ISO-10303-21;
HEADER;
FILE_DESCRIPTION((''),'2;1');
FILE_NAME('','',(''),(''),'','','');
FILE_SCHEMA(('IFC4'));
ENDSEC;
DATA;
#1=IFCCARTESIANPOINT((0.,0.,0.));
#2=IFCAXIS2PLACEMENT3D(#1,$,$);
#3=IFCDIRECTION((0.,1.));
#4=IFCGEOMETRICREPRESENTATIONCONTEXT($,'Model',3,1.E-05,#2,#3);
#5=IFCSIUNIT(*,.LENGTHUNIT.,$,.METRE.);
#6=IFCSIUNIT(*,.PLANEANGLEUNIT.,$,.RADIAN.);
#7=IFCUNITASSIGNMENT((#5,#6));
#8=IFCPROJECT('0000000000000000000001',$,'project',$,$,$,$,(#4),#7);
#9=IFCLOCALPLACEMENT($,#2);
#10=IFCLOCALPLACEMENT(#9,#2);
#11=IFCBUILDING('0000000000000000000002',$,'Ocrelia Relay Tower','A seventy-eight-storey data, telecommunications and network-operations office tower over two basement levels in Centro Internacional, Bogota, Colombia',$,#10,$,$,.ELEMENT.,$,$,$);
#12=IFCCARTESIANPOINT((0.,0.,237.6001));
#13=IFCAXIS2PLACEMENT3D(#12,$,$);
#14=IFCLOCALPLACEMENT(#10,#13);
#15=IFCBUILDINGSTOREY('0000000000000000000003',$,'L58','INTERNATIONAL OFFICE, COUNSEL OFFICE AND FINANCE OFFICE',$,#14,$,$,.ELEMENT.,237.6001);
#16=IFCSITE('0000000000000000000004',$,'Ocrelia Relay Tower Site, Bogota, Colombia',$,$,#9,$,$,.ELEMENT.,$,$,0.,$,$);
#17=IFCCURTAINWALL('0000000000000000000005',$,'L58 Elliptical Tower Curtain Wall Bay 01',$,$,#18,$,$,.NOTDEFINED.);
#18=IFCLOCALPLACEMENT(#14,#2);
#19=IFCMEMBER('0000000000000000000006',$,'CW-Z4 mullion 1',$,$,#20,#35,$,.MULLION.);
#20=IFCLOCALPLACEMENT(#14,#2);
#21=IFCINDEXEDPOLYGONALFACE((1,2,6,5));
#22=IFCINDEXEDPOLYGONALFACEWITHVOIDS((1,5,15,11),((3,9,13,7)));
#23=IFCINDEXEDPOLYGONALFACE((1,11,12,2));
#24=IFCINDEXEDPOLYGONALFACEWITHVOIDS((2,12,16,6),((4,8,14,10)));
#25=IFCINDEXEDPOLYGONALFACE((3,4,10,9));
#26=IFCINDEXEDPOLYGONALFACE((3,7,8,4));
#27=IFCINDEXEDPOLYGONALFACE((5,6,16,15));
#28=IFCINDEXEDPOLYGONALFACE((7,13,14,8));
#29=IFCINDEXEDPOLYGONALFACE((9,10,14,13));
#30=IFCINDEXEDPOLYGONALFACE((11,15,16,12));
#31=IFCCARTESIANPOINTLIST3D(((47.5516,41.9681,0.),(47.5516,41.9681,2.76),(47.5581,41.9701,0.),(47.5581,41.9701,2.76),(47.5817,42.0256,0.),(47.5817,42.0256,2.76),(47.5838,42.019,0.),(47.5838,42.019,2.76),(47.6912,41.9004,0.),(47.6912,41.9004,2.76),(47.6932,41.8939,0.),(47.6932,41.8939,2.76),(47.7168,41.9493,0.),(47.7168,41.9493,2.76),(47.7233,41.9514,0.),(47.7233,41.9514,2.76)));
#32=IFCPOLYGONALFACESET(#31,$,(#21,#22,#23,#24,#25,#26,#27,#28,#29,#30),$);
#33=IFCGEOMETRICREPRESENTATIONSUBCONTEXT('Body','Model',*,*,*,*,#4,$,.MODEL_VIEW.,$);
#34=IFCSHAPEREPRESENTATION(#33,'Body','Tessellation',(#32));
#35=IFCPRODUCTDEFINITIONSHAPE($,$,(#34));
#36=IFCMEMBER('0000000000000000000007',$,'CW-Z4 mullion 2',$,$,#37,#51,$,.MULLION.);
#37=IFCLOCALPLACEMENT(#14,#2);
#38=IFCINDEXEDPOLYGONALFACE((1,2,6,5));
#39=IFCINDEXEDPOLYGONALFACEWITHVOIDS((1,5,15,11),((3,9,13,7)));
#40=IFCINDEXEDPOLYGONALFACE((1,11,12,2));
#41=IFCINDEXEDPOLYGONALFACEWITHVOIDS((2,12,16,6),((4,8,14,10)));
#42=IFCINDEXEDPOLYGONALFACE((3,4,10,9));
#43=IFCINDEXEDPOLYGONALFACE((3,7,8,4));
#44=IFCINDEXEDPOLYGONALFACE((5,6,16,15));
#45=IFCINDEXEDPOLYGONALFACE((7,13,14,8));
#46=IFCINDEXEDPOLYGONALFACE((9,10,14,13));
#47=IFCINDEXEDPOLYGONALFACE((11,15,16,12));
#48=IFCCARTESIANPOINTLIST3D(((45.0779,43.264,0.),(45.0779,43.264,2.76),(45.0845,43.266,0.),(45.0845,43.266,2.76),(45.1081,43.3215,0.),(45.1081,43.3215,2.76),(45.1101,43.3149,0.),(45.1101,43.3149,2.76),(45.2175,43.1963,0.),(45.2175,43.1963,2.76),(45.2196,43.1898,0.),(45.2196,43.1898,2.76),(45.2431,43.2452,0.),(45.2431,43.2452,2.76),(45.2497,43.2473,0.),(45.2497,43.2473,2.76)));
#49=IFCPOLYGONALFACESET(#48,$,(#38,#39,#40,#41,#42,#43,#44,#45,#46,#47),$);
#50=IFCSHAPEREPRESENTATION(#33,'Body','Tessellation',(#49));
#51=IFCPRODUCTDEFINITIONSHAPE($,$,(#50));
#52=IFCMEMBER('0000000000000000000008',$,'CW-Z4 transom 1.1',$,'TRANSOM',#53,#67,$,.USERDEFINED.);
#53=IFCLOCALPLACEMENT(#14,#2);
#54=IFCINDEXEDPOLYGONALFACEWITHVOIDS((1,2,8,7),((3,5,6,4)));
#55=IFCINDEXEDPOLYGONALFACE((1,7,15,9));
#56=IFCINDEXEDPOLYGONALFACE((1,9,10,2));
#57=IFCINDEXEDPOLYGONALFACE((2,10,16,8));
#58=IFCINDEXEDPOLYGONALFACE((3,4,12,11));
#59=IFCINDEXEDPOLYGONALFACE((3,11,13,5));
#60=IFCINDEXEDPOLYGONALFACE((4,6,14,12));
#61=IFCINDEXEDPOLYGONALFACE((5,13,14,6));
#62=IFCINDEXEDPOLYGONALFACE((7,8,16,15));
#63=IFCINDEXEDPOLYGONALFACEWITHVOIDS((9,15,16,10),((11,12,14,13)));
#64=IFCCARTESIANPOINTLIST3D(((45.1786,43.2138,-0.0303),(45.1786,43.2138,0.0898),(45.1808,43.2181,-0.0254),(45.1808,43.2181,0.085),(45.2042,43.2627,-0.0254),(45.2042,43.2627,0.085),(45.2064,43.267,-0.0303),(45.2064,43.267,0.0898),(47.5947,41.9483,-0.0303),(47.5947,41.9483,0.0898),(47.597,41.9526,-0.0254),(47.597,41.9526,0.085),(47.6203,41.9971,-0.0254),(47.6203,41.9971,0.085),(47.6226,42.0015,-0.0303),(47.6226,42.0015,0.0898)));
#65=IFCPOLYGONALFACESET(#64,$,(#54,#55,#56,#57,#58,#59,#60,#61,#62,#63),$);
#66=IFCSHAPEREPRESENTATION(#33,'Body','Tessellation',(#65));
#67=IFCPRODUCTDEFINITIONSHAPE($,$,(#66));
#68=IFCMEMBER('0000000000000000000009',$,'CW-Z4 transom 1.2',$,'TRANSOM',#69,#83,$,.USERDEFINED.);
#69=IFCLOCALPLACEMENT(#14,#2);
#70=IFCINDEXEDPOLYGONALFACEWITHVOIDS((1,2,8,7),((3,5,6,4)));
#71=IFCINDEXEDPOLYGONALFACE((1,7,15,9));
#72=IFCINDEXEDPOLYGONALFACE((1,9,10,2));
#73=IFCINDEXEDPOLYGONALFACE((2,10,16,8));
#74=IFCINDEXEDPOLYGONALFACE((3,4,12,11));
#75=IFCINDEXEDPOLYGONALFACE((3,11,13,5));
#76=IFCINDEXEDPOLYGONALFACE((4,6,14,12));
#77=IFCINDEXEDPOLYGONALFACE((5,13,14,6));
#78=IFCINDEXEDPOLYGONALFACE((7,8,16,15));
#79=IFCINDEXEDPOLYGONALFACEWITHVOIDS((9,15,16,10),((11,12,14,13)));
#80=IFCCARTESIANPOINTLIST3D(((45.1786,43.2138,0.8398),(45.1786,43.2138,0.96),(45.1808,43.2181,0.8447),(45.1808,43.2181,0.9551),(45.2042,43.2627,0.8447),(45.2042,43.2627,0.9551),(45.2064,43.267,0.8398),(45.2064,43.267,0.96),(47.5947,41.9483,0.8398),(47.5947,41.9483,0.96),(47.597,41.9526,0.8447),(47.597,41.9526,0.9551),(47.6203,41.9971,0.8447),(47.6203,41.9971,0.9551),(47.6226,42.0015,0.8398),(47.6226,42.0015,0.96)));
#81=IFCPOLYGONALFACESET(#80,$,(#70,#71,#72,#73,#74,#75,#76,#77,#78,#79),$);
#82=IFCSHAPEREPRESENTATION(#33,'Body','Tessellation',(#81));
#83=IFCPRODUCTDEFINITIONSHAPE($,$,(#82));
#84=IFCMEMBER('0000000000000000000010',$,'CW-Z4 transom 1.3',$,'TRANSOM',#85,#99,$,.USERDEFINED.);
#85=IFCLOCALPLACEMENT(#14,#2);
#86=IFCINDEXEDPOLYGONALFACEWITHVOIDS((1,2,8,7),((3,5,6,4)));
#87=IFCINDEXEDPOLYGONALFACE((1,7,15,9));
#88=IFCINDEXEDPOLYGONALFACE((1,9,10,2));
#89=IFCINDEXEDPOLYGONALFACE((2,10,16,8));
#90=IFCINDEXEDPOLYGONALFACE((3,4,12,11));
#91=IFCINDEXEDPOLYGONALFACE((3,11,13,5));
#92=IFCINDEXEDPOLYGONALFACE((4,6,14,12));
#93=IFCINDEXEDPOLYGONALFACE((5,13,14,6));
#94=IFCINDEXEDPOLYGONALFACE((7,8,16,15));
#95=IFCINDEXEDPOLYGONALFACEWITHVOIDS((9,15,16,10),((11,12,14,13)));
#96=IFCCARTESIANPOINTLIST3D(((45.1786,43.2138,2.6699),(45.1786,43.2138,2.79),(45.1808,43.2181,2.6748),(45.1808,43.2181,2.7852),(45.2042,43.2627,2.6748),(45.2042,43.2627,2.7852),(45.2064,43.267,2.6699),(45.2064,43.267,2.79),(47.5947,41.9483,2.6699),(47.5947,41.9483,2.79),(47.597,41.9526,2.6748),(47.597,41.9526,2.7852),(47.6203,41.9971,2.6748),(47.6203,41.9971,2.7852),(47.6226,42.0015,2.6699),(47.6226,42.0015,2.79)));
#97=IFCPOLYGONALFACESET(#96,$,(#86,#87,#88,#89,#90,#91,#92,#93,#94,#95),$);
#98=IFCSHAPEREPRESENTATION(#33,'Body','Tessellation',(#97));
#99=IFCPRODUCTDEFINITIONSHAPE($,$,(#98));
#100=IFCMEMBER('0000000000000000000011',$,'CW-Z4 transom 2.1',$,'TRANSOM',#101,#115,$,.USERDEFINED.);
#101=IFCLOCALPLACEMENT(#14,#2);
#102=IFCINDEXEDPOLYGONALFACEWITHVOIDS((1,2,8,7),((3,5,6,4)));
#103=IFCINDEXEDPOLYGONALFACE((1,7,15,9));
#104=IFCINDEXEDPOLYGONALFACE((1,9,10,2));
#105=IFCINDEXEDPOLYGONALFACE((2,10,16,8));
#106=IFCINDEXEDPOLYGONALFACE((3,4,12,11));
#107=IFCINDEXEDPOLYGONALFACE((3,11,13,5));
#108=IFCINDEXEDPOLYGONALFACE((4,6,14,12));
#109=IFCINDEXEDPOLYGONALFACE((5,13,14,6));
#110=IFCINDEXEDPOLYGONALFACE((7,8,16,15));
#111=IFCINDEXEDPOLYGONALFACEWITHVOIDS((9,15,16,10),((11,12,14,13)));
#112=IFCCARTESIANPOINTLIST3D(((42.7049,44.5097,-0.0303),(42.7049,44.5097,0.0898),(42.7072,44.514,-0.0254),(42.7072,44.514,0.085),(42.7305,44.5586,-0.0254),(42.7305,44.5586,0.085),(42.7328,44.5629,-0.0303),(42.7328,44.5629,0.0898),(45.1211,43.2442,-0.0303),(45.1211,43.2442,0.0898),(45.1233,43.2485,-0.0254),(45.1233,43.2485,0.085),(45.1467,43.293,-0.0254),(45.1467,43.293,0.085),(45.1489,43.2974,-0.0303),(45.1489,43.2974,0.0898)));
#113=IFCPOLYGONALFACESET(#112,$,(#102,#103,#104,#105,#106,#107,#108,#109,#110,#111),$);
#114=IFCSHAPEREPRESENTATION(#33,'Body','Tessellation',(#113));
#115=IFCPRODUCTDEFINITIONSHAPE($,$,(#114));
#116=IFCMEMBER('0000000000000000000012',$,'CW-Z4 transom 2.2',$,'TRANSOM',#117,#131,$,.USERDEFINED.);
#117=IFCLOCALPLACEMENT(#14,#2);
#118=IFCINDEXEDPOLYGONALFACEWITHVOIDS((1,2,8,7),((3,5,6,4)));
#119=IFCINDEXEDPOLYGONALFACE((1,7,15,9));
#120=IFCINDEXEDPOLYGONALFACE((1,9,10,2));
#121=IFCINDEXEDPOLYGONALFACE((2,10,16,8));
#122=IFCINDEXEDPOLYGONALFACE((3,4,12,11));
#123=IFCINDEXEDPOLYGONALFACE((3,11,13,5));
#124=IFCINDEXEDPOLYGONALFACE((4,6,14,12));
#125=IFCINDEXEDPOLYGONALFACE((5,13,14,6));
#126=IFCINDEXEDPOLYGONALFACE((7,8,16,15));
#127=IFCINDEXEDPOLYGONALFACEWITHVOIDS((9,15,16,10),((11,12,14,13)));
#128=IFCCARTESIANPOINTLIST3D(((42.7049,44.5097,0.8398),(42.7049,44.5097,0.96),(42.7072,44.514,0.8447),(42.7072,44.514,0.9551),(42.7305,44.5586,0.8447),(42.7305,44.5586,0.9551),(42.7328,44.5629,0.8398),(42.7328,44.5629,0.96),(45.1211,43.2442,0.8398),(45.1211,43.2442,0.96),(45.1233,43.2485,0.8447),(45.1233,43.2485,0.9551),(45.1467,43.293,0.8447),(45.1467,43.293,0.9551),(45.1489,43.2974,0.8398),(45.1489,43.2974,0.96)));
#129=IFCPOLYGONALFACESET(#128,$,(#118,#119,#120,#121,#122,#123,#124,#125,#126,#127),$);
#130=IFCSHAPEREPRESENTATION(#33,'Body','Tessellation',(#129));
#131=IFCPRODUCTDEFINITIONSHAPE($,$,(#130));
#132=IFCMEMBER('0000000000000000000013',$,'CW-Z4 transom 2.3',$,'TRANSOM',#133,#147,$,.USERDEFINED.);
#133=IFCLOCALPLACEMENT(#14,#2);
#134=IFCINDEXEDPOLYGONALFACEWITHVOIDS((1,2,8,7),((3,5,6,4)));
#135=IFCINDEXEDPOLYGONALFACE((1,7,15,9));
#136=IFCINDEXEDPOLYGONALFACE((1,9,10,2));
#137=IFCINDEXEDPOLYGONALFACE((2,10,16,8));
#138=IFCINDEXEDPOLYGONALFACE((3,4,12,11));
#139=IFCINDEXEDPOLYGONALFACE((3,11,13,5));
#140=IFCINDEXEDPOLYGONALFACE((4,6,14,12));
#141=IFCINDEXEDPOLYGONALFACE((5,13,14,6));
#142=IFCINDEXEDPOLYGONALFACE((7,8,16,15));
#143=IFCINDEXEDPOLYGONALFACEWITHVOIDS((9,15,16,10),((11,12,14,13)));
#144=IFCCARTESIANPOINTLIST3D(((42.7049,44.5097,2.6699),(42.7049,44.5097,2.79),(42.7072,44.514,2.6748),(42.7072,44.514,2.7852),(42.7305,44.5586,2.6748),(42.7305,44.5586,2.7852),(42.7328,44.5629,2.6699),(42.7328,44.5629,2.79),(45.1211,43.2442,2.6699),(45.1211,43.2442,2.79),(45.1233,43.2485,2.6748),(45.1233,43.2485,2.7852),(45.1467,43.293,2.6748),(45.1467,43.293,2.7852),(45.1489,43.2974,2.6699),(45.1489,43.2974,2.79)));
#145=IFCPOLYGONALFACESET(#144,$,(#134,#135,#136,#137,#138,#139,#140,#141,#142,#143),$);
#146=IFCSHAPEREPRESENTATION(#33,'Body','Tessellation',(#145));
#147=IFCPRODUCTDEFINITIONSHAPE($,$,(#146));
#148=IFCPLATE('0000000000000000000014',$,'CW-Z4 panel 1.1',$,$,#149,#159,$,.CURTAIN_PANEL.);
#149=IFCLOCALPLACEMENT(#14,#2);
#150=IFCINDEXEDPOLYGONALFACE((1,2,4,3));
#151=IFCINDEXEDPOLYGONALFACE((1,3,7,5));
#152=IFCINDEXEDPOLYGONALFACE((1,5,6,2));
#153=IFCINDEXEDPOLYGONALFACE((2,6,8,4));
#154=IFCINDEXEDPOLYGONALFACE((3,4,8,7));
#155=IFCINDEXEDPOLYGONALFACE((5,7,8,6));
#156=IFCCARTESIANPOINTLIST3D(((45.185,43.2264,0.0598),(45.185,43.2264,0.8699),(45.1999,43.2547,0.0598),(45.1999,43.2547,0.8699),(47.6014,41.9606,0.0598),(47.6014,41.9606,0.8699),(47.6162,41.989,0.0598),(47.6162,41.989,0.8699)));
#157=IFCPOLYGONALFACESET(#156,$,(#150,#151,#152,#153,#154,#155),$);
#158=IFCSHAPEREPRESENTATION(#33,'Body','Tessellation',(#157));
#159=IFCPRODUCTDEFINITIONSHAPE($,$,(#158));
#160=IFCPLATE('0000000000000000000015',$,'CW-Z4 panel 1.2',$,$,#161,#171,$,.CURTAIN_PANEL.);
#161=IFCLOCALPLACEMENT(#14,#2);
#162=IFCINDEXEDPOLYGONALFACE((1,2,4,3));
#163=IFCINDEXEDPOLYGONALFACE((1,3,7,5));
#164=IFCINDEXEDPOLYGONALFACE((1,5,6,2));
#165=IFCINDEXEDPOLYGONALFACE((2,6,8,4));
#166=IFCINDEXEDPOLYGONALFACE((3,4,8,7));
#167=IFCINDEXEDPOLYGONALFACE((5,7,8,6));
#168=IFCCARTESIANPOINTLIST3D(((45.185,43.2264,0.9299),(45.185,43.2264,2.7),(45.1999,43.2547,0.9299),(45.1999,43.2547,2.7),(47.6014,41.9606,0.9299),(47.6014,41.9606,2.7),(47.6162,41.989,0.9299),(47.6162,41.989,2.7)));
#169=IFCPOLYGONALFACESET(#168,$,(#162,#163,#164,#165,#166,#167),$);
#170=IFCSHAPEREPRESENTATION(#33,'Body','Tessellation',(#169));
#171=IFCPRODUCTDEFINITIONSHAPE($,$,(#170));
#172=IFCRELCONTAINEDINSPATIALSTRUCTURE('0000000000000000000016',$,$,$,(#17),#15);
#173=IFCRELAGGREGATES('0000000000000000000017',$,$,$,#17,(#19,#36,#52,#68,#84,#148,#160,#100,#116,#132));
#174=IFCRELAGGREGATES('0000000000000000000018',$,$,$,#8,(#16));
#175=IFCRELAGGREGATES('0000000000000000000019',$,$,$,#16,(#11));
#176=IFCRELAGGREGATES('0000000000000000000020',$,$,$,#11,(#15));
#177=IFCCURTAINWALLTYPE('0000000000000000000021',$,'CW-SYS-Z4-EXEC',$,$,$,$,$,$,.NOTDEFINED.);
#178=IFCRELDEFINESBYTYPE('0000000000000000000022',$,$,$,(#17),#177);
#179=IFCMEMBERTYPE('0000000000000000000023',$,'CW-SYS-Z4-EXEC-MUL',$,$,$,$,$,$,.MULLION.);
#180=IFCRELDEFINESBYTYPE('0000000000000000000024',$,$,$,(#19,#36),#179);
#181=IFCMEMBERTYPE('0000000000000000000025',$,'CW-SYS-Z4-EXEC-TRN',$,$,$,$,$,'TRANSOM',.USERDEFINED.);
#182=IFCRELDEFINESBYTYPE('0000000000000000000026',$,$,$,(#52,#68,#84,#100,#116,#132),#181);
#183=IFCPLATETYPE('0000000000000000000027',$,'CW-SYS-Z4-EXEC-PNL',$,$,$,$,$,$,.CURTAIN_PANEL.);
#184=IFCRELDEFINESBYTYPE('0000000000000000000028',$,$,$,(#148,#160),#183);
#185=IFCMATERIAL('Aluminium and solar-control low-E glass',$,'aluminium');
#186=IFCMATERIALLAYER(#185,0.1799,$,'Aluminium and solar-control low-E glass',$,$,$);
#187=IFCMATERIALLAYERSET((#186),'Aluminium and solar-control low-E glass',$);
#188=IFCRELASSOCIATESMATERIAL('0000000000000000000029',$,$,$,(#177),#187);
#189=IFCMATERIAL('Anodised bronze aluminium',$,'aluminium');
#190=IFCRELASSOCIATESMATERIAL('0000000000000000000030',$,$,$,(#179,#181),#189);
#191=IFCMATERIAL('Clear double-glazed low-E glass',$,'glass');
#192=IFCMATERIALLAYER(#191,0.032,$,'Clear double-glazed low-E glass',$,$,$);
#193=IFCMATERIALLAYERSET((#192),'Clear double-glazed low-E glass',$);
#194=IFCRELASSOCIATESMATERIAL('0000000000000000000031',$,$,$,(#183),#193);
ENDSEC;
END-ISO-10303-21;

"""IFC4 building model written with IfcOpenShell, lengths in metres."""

from ifc_helpers import new_model, si_unit, direction, frame, origin, origin_2d, place, context, subcontext, project, spatial, rectangle, hollow_rectangle, extrude, material, layer, layer_set, material_profile, profile_set, type_object, element, aggregate, save


model = new_model("IFC4")

# Units and contexts
model_context = context("Model", 3, precision=1e-05, world=origin(), true_north=direction((0.0, 1.0)))
body_context = subcontext(model_context, "Body", "Model", "MODEL_VIEW")
ifc_project = project(units=[si_unit("LENGTHUNIT", "METRE"), si_unit("PLANEANGLEUNIT", "RADIAN")], contexts=[model_context])

# Site, building, storey
site_placement = place(None, origin())
site = spatial("IfcSite", under=ifc_project, at=site_placement, Name="Ocrelia Relay Tower Site, Bogota, Colombia", CompositionType="ELEMENT", RefElevation=0.0)
building_placement = place(site_placement, origin())
building = spatial("IfcBuilding", under=site, at=building_placement, Name="Ocrelia Relay Tower", Description="A seventy-eight-storey data, telecommunications and network-operations office tower over two basement levels in Centro Internacional, Bogota, Colombia", CompositionType="ELEMENT")
storey_placement = place(building_placement, frame((0.0, 0.0, 237.6001)))
storey = spatial("IfcBuildingStorey", under=building, at=storey_placement, Name="L58", Description="INTERNATIONAL OFFICE, COUNSEL OFFICE AND FINANCE OFFICE", CompositionType="ELEMENT", Elevation=237.6001)

# Curtain wall, members, plates
ifc_material_1 = material(Name="Aluminium and solar-control low-E glass", Category="aluminium")
ifc_layer_1 = layer(ifc_material_1, 0.1799, Name="Aluminium and solar-control low-E glass")
ifc_layer_set_1 = layer_set([ifc_layer_1], Name="Aluminium and solar-control low-E glass")
curtain_wall_type = type_object("IfcCurtainWallType", Name="CW-SYS-Z4-EXEC", PredefinedType="NOTDEFINED", material=ifc_layer_set_1)
curtain_wall_placement = place(storey_placement, origin())
curtain_wall = element("IfcCurtainWall", 1, at=curtain_wall_placement, inside=storey, type_object=curtain_wall_type, Name="L58 Elliptical Tower Curtain Wall Bay 01", PredefinedType="NOTDEFINED")
ifc_material_2 = material(Name="Anodised bronze aluminium", Category="aluminium")
ifc_material_profile_1 = material_profile(ifc_material_2, hollow_rectangle(XDim=0.0649, YDim=0.1599, WallThickness=0.0049, at=origin_2d()), Name="CW-MUL-160x65")
ifc_profile_set_1 = profile_set([ifc_material_profile_1], Name="Anodised bronze aluminium")
member_type_1 = type_object("IfcMemberType", Name="CW-SYS-Z4-EXEC-MUL", PredefinedType="MULLION", material=ifc_profile_set_1)
member_1_placement = place(storey_placement, frame((47.6375, 41.9597, 0.0), z_axis=(0.0, 0.0, 1.0), x_axis=(-0.464025, -0.885822, 0.0)))
member_1 = element("IfcMember", 2, at=member_1_placement, type_object=member_type_1, Name="CW-Z4 mullion 1", PredefinedType="MULLION", context=body_context, shape_type="SweptSolid", body=[
    extrude(hollow_rectangle(XDim=0.0649, YDim=0.1599, WallThickness=0.0049, at=origin_2d()), origin(), (0.0, 0.0, 1.0), 2.76),
])
member_2_placement = place(storey_placement, frame((45.1638, 43.2556, 0.0), z_axis=(0.0, 0.0, 1.0), x_axis=(-0.464025, -0.885822, 0.0)))
member_2 = element("IfcMember", 3, at=member_2_placement, type_object=member_type_1, Name="CW-Z4 mullion 2", PredefinedType="MULLION", context=body_context, shape_type="SweptSolid", body=[
    extrude(hollow_rectangle(XDim=0.0649, YDim=0.1599, WallThickness=0.0049, at=origin_2d()), origin(), (0.0, 0.0, 1.0), 2.76),
])
ifc_material_profile_2 = material_profile(ifc_material_2, hollow_rectangle(XDim=0.0601, YDim=0.1201, WallThickness=0.0049, at=origin_2d()), Name="CW-TRN-120x60")
ifc_profile_set_2 = profile_set([ifc_material_profile_2], Name="Anodised bronze aluminium")
member_type_2 = type_object("IfcMemberType", Name="CW-SYS-Z4-EXEC-TRN", ElementType="TRANSOM", PredefinedType="USERDEFINED", material=ifc_profile_set_2)
member_3_placement = place(storey_placement, frame((47.6086, 41.9749, 0.0298), z_axis=(-0.885837, 0.463997, 0.0), x_axis=(-0.463997, -0.885837, 0.0)))
member_3 = element("IfcMember", 4, at=member_3_placement, type_object=member_type_2, Name="CW-Z4 transom 1.1", ObjectType="TRANSOM", PredefinedType="USERDEFINED", context=body_context, shape_type="SweptSolid", body=[
    extrude(hollow_rectangle(XDim=0.0601, YDim=0.1201, WallThickness=0.0049, at=origin_2d()), origin(), (0.0, 0.0, 1.0), 2.7275),
])
member_4_placement = place(storey_placement, frame((47.6086, 41.9749, 0.8999), z_axis=(-0.885837, 0.463997, 0.0), x_axis=(-0.463997, -0.885837, 0.0)))
member_4 = element("IfcMember", 5, at=member_4_placement, type_object=member_type_2, Name="CW-Z4 transom 1.2", ObjectType="TRANSOM", PredefinedType="USERDEFINED", context=body_context, shape_type="SweptSolid", body=[
    extrude(hollow_rectangle(XDim=0.0601, YDim=0.1201, WallThickness=0.0049, at=origin_2d()), origin(), (0.0, 0.0, 1.0), 2.7275),
])
member_5_placement = place(storey_placement, frame((47.6086, 41.9749, 2.73), z_axis=(-0.885837, 0.463997, 0.0), x_axis=(-0.463997, -0.885837, 0.0)))
member_5 = element("IfcMember", 6, at=member_5_placement, type_object=member_type_2, Name="CW-Z4 transom 1.3", ObjectType="TRANSOM", PredefinedType="USERDEFINED", context=body_context, shape_type="SweptSolid", body=[
    extrude(hollow_rectangle(XDim=0.0601, YDim=0.1201, WallThickness=0.0049, at=origin_2d()), origin(), (0.0, 0.0, 1.0), 2.7275),
])
member_6_placement = place(storey_placement, frame((45.135, 43.2708, 0.0298), z_axis=(-0.885837, 0.463997, 0.0), x_axis=(-0.463997, -0.885837, 0.0)))
member_6 = element("IfcMember", 7, at=member_6_placement, type_object=member_type_2, Name="CW-Z4 transom 2.1", ObjectType="TRANSOM", PredefinedType="USERDEFINED", context=body_context, shape_type="SweptSolid", body=[
    extrude(hollow_rectangle(XDim=0.0601, YDim=0.1201, WallThickness=0.0049, at=origin_2d()), origin(), (0.0, 0.0, 1.0), 2.7275),
])
member_7_placement = place(storey_placement, frame((45.135, 43.2708, 0.8999), z_axis=(-0.885837, 0.463997, 0.0), x_axis=(-0.463997, -0.885837, 0.0)))
member_7 = element("IfcMember", 8, at=member_7_placement, type_object=member_type_2, Name="CW-Z4 transom 2.2", ObjectType="TRANSOM", PredefinedType="USERDEFINED", context=body_context, shape_type="SweptSolid", body=[
    extrude(hollow_rectangle(XDim=0.0601, YDim=0.1201, WallThickness=0.0049, at=origin_2d()), origin(), (0.0, 0.0, 1.0), 2.7275),
])
member_8_placement = place(storey_placement, frame((45.135, 43.2708, 2.73), z_axis=(-0.885837, 0.463997, 0.0), x_axis=(-0.463997, -0.885837, 0.0)))
member_8 = element("IfcMember", 9, at=member_8_placement, type_object=member_type_2, Name="CW-Z4 transom 2.3", ObjectType="TRANSOM", PredefinedType="USERDEFINED", context=body_context, shape_type="SweptSolid", body=[
    extrude(hollow_rectangle(XDim=0.0601, YDim=0.1201, WallThickness=0.0049, at=origin_2d()), origin(), (0.0, 0.0, 1.0), 2.7275),
])
ifc_material_3 = material(Name="Clear double-glazed low-E glass", Category="glass")
ifc_layer_2 = layer(ifc_material_3, 0.032, Name="Clear double-glazed low-E glass")
ifc_layer_set_2 = layer_set([ifc_layer_2], Name="Clear double-glazed low-E glass")
plate_type = type_object("IfcPlateType", Name="CW-SYS-Z4-EXEC-PNL", PredefinedType="CURTAIN_PANEL", material=ifc_layer_set_2)
plate_1_placement = place(storey_placement, frame((46.4006, 42.6077, 0.0598), z_axis=(0.0, 0.0, 1.0), x_axis=(-0.885822, 0.464025, 0.0)))
plate_1 = element("IfcPlate", 10, at=plate_1_placement, type_object=plate_type, Name="CW-Z4 panel 1.1", PredefinedType="CURTAIN_PANEL", context=body_context, shape_type="SweptSolid", body=[
    extrude(rectangle(XDim=2.7278, YDim=0.032, at=origin_2d()), origin(), (0.0, 0.0, 1.0), 0.8101),
])
plate_2_placement = place(storey_placement, frame((46.4006, 42.6077, 0.9299), z_axis=(0.0, 0.0, 1.0), x_axis=(-0.885822, 0.464025, 0.0)))
plate_2 = element("IfcPlate", 11, at=plate_2_placement, type_object=plate_type, Name="CW-Z4 panel 1.2", PredefinedType="CURTAIN_PANEL", context=body_context, shape_type="SweptSolid", body=[
    extrude(rectangle(XDim=2.7278, YDim=0.032, at=origin_2d()), origin(), (0.0, 0.0, 1.0), 1.77),
])
aggregate(curtain_wall, [member_1, member_2, member_3, member_4, member_5, plate_1, plate_2, member_6, member_7, member_8])

save(model, "model.ifc")
